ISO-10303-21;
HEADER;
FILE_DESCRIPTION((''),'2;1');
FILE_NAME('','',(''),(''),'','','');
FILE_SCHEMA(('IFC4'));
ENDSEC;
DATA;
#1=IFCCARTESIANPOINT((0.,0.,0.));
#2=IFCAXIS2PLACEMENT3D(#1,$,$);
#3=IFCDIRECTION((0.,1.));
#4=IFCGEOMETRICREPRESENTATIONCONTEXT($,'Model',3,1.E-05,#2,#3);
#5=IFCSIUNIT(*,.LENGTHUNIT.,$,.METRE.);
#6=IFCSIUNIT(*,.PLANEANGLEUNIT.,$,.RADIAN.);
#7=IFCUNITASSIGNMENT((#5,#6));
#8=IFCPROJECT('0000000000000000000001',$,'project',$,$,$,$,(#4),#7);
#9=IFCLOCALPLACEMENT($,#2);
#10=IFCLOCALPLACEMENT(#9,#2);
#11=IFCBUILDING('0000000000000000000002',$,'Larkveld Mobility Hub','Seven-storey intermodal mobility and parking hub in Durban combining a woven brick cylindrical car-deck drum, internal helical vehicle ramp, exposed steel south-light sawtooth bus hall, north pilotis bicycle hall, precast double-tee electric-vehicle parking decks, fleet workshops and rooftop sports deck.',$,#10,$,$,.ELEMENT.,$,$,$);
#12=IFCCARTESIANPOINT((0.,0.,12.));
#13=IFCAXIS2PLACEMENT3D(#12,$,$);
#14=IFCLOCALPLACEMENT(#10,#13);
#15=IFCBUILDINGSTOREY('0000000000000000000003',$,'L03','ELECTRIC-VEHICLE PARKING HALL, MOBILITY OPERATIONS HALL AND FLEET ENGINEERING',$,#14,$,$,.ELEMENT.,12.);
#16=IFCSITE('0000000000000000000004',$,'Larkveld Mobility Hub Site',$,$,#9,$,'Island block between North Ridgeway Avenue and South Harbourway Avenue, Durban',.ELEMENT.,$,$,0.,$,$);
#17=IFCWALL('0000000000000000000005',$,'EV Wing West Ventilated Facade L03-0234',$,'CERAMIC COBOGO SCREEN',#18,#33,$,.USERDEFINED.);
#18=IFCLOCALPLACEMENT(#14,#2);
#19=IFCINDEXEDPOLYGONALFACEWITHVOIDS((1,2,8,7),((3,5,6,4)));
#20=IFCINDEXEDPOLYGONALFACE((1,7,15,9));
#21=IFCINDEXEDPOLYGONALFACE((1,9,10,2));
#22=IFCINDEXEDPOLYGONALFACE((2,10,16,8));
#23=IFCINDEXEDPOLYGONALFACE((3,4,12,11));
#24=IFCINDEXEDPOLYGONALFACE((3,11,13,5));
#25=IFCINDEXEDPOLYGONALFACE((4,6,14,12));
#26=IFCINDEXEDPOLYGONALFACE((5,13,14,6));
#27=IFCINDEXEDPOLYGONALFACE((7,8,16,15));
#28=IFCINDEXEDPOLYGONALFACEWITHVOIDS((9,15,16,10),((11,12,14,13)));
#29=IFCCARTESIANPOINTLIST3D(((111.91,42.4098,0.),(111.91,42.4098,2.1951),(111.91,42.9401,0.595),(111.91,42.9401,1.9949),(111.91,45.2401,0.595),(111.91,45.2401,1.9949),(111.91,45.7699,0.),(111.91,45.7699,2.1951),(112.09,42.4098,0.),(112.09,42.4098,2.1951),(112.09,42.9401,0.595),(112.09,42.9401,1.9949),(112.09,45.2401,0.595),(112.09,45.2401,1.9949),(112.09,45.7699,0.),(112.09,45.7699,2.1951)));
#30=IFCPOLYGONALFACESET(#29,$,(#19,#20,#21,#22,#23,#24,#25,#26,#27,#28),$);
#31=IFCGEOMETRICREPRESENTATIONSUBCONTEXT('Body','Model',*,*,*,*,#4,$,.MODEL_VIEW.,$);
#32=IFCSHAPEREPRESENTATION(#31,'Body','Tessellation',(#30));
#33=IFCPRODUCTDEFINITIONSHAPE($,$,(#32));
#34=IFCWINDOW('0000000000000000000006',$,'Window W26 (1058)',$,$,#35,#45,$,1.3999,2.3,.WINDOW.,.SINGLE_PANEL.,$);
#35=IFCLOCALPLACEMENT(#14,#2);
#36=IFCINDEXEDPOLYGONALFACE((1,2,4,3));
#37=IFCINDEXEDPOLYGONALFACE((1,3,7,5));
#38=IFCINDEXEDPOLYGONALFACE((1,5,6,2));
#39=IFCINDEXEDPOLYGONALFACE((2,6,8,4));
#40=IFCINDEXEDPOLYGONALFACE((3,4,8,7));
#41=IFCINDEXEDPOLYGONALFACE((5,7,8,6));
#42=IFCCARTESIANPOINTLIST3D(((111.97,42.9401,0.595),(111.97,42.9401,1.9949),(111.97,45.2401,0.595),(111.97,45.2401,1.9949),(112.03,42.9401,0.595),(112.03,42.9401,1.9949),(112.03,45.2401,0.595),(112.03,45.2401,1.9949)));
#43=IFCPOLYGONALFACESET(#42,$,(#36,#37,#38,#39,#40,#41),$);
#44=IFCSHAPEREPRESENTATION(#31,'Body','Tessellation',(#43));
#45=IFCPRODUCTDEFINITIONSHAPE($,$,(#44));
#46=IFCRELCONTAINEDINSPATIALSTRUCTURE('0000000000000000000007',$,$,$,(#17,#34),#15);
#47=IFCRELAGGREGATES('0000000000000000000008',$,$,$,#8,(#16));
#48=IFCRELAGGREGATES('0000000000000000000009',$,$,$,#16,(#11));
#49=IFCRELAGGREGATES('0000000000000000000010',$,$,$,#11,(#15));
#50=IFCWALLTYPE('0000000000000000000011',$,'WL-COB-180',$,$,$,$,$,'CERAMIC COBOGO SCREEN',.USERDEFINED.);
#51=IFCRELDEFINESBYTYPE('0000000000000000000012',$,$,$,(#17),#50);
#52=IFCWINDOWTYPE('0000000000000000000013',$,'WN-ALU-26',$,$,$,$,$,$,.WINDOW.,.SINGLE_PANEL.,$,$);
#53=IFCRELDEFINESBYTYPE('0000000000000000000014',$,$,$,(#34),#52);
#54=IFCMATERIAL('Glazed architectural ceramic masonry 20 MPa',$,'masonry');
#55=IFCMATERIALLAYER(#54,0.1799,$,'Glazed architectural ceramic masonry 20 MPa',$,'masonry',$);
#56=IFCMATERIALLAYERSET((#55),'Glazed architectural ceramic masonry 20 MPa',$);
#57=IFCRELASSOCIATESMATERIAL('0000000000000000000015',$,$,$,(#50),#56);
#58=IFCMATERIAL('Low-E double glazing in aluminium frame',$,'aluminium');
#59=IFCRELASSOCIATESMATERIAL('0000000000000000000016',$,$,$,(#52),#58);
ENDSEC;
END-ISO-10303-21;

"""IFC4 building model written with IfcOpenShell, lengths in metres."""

from ifc_helpers import new_model, si_unit, direction, frame, frame_2d, origin, place, context, subcontext, project, spatial, rectangle, extrude, material, layer, layer_set, type_object, element, fill, save


model = new_model("IFC4")

# Units and contexts
model_context = context("Model", 3, precision=1e-05, world=origin(), true_north=direction((0.0, 1.0)))
body_context = subcontext(model_context, "Body", "Model", "MODEL_VIEW")
ifc_project = project(units=[si_unit("LENGTHUNIT", "METRE"), si_unit("PLANEANGLEUNIT", "RADIAN")], contexts=[model_context])

# Site, building, storey
site_placement = place(None, origin())
site = spatial("IfcSite", under=ifc_project, at=site_placement, Name="Larkveld Mobility Hub Site", LongName="Island block between North Ridgeway Avenue and South Harbourway Avenue, Durban", CompositionType="ELEMENT", RefElevation=0.0)
building_placement = place(site_placement, origin())
building = spatial("IfcBuilding", under=site, at=building_placement, Name="Larkveld Mobility Hub", Description="Seven-storey intermodal mobility and parking hub in Durban combining a woven brick cylindrical car-deck drum, internal helical vehicle ramp, exposed steel south-light sawtooth bus hall, north pilotis bicycle hall, precast double-tee electric-vehicle parking decks, fleet workshops and rooftop sports deck.", CompositionType="ELEMENT")
storey_placement = place(building_placement, frame((0.0, 0.0, 12.0)))
storey = spatial("IfcBuildingStorey", under=building, at=storey_placement, Name="L03", Description="ELECTRIC-VEHICLE PARKING HALL, MOBILITY OPERATIONS HALL AND FLEET ENGINEERING", CompositionType="ELEMENT", Elevation=12.0)

# Wall, opening, window
ifc_material_1 = material(Name="Glazed architectural ceramic masonry 20 MPa", Category="masonry")
ifc_layer_1 = layer(ifc_material_1, 0.1799, Name="Glazed architectural ceramic masonry 20 MPa", Category="masonry")
ifc_layer_set_1 = layer_set([ifc_layer_1], Name="Glazed architectural ceramic masonry 20 MPa")
wall_type = type_object("IfcWallType", Name="WL-COB-180", ElementType="CERAMIC COBOGO SCREEN", PredefinedType="USERDEFINED", material=ifc_layer_set_1)
wall_placement = place(storey_placement, frame((112.0, 45.77, 0.0), z_axis=(0.0, 0.0, 1.0), x_axis=(0.0, -1.0, 0.0)))
wall = element("IfcWall", 1, at=wall_placement, inside=storey, type_object=wall_type, Name="EV Wing West Ventilated Facade L03-0234", ObjectType="CERAMIC COBOGO SCREEN", PredefinedType="USERDEFINED", context=body_context, shape_type="SweptSolid", body=[
    extrude(rectangle(XDim=3.3601, YDim=0.1799, at=frame_2d((1.6802, 0.0))), origin(), (0.0, 0.0, 1.0), 2.1951),
])
opening_placement = place(wall_placement, frame((0.53, 0.0, 0.595)))
opening = element("IfcOpeningElement", 2, at=opening_placement, cuts=wall, PredefinedType="OPENING", context=body_context, shape_type="SweptSolid", body=[
    extrude(rectangle(XDim=2.3, YDim=1.3999, at=frame_2d((1.1499, 0.7))), frame((0.0, 0.1001, 0.0), z_axis=(0.0, -1.0, 0.0), x_axis=(1.0, 0.0, 0.0)), (0.0, 0.0, 1.0), 0.2),
])
ifc_material_2 = material(Name="Low-E double glazing in aluminium frame", Category="aluminium")
window_type = type_object("IfcWindowType", Name="WN-ALU-26", PartitioningType="SINGLE_PANEL", PredefinedType="WINDOW", material=ifc_material_2)
window_placement = place(opening_placement, origin())
window = element("IfcWindow", 3, at=window_placement, inside=storey, type_object=window_type, Name="Window W26 (1058)", OverallHeight=1.3999, OverallWidth=2.3, PartitioningType="SINGLE_PANEL", PredefinedType="WINDOW", context=body_context, shape_type="SweptSolid", body=[
    extrude(rectangle(XDim=2.3, YDim=1.3999, at=frame_2d((1.1499, 0.7))), frame((0.0, 0.03, 0.0), z_axis=(0.0, -1.0, 0.0), x_axis=(1.0, 0.0, 0.0)), (0.0, 0.0, 1.0), 0.0601),
])
fill(opening, window)

save(model, "model.ifc")
